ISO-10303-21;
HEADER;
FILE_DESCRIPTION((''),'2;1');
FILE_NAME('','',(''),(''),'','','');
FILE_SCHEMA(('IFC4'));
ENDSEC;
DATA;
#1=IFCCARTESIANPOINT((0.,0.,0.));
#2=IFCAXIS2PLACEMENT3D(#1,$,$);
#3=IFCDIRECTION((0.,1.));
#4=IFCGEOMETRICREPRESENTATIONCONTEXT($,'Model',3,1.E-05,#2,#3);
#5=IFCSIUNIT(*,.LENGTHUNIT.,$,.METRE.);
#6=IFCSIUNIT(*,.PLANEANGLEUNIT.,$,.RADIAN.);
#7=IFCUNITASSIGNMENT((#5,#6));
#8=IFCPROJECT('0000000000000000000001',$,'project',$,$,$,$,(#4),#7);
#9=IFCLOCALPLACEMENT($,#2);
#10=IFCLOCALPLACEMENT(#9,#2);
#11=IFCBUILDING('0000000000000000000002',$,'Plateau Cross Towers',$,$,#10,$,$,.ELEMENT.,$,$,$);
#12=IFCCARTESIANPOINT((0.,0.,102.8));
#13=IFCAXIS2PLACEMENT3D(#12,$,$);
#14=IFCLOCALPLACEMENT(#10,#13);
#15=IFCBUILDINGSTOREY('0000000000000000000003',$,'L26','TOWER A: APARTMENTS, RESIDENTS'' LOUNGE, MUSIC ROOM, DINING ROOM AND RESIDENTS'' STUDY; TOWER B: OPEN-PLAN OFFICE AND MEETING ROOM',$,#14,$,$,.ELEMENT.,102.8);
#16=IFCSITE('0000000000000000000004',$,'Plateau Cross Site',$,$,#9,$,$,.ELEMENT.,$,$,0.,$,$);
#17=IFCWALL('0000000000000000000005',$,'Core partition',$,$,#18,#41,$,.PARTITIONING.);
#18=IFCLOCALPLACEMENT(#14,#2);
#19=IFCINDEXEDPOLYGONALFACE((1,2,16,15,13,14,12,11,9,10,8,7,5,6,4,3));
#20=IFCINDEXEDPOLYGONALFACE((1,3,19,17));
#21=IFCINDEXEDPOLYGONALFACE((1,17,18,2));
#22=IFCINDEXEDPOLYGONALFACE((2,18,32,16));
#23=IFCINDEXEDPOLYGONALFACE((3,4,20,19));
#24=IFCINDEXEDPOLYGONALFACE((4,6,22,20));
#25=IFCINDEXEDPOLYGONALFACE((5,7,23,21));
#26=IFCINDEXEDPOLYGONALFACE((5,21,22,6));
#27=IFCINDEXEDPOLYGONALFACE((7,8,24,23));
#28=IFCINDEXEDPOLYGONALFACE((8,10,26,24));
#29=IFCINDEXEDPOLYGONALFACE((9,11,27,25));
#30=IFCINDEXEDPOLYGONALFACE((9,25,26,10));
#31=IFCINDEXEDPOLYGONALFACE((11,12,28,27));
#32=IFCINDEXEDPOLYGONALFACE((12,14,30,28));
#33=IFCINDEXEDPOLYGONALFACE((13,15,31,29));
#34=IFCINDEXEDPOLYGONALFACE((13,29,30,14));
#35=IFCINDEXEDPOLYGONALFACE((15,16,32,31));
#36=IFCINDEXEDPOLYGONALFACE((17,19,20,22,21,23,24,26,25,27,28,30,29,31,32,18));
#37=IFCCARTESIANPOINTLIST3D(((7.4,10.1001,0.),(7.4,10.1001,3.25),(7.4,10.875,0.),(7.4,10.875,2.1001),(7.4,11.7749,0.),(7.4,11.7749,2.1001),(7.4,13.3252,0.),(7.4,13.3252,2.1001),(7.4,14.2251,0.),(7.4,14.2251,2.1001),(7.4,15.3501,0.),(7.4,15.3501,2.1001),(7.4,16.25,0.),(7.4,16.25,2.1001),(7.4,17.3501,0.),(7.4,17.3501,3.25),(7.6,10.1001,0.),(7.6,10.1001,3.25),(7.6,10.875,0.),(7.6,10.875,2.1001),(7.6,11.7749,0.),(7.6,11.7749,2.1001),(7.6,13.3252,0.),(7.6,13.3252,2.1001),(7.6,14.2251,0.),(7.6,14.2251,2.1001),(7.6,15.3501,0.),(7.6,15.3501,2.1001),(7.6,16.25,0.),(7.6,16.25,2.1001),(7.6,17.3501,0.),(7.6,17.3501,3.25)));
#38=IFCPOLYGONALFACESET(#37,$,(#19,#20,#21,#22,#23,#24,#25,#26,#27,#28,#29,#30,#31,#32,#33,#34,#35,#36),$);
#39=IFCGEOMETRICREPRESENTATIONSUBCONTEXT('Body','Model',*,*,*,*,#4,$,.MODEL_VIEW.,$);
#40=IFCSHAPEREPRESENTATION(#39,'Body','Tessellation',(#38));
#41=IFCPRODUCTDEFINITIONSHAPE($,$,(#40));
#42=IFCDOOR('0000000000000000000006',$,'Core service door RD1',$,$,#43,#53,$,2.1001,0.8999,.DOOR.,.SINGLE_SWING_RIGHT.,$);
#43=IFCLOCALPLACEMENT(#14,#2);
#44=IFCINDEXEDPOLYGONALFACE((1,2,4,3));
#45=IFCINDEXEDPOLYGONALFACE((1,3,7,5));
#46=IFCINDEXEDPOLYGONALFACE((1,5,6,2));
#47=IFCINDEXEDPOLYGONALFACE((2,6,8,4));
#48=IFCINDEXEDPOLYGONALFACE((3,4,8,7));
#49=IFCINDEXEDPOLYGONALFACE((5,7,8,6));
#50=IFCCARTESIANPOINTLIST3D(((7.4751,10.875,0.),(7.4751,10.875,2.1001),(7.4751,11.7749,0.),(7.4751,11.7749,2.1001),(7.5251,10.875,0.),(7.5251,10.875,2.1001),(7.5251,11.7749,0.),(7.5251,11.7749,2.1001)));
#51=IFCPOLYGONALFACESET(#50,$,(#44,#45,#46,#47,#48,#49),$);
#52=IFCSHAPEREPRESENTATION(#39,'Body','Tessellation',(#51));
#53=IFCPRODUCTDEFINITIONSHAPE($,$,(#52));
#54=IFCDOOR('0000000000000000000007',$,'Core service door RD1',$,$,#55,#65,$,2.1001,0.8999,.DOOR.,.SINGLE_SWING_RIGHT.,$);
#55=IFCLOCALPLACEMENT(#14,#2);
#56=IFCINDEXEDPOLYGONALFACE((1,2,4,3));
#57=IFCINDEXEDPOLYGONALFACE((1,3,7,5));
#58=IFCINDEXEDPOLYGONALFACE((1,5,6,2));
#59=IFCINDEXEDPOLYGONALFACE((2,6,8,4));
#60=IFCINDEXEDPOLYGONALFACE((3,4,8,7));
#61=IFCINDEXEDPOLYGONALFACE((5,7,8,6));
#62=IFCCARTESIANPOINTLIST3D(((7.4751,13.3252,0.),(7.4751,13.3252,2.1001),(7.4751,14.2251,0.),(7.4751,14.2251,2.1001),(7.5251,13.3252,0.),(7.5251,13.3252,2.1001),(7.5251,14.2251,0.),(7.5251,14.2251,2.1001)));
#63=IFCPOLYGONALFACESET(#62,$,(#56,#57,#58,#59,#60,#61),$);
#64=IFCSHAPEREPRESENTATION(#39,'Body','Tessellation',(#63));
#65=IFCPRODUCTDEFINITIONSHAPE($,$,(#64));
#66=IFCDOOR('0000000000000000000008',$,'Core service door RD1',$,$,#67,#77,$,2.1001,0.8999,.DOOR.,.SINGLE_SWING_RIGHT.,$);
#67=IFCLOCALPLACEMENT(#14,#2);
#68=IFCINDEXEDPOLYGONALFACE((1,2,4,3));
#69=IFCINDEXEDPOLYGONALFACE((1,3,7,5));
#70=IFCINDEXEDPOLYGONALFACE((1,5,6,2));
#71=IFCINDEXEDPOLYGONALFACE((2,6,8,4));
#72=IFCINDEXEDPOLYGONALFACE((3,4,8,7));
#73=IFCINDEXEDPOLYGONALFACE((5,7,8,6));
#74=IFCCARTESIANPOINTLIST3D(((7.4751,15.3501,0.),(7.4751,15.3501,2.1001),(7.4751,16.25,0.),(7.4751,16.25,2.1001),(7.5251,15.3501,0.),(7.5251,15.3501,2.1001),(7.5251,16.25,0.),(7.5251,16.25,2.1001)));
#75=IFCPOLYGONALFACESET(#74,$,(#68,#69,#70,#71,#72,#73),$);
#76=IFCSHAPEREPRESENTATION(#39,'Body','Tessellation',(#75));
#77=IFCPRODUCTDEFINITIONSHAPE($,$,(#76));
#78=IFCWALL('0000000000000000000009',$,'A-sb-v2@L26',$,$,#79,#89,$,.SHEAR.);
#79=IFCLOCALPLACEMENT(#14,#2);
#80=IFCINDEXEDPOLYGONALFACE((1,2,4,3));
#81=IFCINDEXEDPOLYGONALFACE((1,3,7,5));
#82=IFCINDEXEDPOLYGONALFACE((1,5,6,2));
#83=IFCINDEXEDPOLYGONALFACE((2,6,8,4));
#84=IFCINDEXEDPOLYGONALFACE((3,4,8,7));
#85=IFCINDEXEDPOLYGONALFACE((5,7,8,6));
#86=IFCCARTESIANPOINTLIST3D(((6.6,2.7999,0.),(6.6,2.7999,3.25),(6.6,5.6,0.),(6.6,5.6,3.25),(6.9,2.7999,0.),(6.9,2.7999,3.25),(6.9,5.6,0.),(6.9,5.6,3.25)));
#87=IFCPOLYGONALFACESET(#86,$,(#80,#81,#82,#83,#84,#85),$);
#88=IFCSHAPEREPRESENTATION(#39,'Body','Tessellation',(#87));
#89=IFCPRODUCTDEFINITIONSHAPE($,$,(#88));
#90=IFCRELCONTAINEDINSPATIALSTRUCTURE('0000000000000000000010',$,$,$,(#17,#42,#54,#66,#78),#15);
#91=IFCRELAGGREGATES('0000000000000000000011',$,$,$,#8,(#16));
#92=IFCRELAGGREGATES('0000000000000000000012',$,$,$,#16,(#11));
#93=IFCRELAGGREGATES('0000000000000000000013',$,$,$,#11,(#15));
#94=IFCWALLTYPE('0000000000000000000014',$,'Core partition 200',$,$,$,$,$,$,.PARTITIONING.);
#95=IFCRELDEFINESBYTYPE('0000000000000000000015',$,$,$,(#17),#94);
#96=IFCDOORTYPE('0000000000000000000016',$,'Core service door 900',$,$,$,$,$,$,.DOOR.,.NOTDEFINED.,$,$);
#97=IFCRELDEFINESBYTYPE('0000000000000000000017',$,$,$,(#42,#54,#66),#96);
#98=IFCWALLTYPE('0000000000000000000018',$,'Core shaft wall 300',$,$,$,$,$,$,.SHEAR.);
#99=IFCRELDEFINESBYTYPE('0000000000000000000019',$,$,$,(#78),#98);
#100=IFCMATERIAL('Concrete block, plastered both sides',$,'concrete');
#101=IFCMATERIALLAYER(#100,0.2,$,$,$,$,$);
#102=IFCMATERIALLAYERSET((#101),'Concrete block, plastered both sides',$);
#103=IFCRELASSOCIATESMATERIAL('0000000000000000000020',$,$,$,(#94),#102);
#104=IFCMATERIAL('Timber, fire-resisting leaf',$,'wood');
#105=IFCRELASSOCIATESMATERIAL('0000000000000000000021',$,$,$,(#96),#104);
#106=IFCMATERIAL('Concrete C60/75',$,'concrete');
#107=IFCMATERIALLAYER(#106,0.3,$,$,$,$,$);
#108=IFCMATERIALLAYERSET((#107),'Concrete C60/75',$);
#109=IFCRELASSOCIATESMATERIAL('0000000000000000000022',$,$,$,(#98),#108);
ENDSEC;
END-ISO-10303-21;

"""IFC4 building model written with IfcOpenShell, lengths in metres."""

from ifc_helpers import new_model, si_unit, direction, frame, frame_2d, origin, place, context, subcontext, project, spatial, rectangle, extrude, material, layer, layer_set, type_object, element, fill, save


model = new_model("IFC4")

# Units and contexts
model_context = context("Model", 3, precision=1e-05, world=origin(), true_north=direction((0.0, 1.0)))
body_context = subcontext(model_context, "Body", "Model", "MODEL_VIEW")
ifc_project = project(units=[si_unit("LENGTHUNIT", "METRE"), si_unit("PLANEANGLEUNIT", "RADIAN")], contexts=[model_context])

# Site, building, storey
site_placement = place(None, origin())
site = spatial("IfcSite", under=ifc_project, at=site_placement, Name="Plateau Cross Site", CompositionType="ELEMENT", RefElevation=0.0)
building_placement = place(site_placement, origin())
building = spatial("IfcBuilding", under=site, at=building_placement, Name="Plateau Cross Towers", CompositionType="ELEMENT")
storey_placement = place(building_placement, frame((0.0, 0.0, 102.8)))
storey = spatial("IfcBuildingStorey", under=building, at=storey_placement, Name="L26", Description="TOWER A: APARTMENTS, RESIDENTS' LOUNGE, MUSIC ROOM, DINING ROOM AND RESIDENTS' STUDY; TOWER B: OPEN-PLAN OFFICE AND MEETING ROOM", CompositionType="ELEMENT", Elevation=102.8)

# Shared definitions
ifc_material_1 = material(Name="Concrete block, plastered both sides", Category="concrete")
ifc_layer_1 = layer(ifc_material_1, 0.2)
ifc_layer_set_1 = layer_set([ifc_layer_1], Name="Concrete block, plastered both sides")
wall_type_1 = type_object("IfcWallType", Name="Core partition 200", PredefinedType="PARTITIONING", material=ifc_layer_set_1)

# Wall, openings, doors
wall_1_placement = place(storey_placement, frame((7.5, 10.1001, 0.0), z_axis=(0.0, 0.0, 1.0), x_axis=(0.0, 1.0, 0.0)))
wall_1 = element("IfcWall", 1, at=wall_1_placement, inside=storey, type_object=wall_type_1, Name="Core partition", PredefinedType="PARTITIONING", context=body_context, shape_type="SweptSolid", body=[
    extrude(rectangle(XDim=7.25, YDim=0.2, at=frame_2d((3.625, 0.0))), origin(), (0.0, 0.0, 1.0), 3.25),
])
opening_1_placement = place(wall_1_placement, frame((0.7749, 0.0, 0.0)))
opening_1 = element("IfcOpeningElement", 2, at=opening_1_placement, cuts=wall_1, PredefinedType="OPENING", context=body_context, shape_type="SweptSolid", body=[
    extrude(rectangle(XDim=0.8999, YDim=2.1001, at=frame_2d((0.45, 1.05))), frame((0.0, 0.1099, 0.0), z_axis=(0.0, -1.0, 0.0), x_axis=(1.0, 0.0, 0.0)), (0.0, 0.0, 1.0), 0.22),
])
opening_2_placement = place(wall_1_placement, frame((3.2251, 0.0, 0.0)))
opening_2 = element("IfcOpeningElement", 3, at=opening_2_placement, cuts=wall_1, PredefinedType="OPENING", context=body_context, shape_type="SweptSolid", body=[
    extrude(rectangle(XDim=0.8999, YDim=2.1001, at=frame_2d((0.45, 1.05))), frame((0.0, 0.1099, 0.0), z_axis=(0.0, -1.0, 0.0), x_axis=(1.0, 0.0, 0.0)), (0.0, 0.0, 1.0), 0.22),
])
opening_3_placement = place(wall_1_placement, frame((5.25, 0.0, 0.0)))
opening_3 = element("IfcOpeningElement", 4, at=opening_3_placement, cuts=wall_1, PredefinedType="OPENING", context=body_context, shape_type="SweptSolid", body=[
    extrude(rectangle(XDim=0.8999, YDim=2.1001, at=frame_2d((0.45, 1.05))), frame((0.0, 0.1099, 0.0), z_axis=(0.0, -1.0, 0.0), x_axis=(1.0, 0.0, 0.0)), (0.0, 0.0, 1.0), 0.22),
])
ifc_material_2 = material(Name="Timber, fire-resisting leaf", Category="wood")
door_type_1 = type_object("IfcDoorType", Name="Core service door 900", OperationType="NOTDEFINED", PredefinedType="DOOR", material=ifc_material_2)
door_1_placement = place(opening_1_placement, origin())
door_1 = element("IfcDoor", 5, at=door_1_placement, inside=storey, type_object=door_type_1, Name="Core service door RD1", OperationType="SINGLE_SWING_RIGHT", OverallHeight=2.1001, OverallWidth=0.8999, PredefinedType="DOOR", context=body_context, shape_type="SweptSolid", body=[
    extrude(rectangle(XDim=0.8999, YDim=2.1001, at=frame_2d((0.45, 1.05))), frame((0.0, 0.0249, 0.0), z_axis=(0.0, -1.0, 0.0), x_axis=(1.0, 0.0, 0.0)), (0.0, 0.0, 1.0), 0.05),
])
fill(opening_1, door_1)
door_2_placement = place(opening_2_placement, origin())
door_2 = element("IfcDoor", 6, at=door_2_placement, inside=storey, type_object=door_type_1, Name="Core service door RD1", OperationType="SINGLE_SWING_RIGHT", OverallHeight=2.1001, OverallWidth=0.8999, PredefinedType="DOOR", context=body_context, shape_type="SweptSolid", body=[
    extrude(rectangle(XDim=0.8999, YDim=2.1001, at=frame_2d((0.45, 1.05))), frame((0.0, 0.0249, 0.0), z_axis=(0.0, -1.0, 0.0), x_axis=(1.0, 0.0, 0.0)), (0.0, 0.0, 1.0), 0.05),
])
fill(opening_2, door_2)
door_3_placement = place(opening_3_placement, origin())
door_3 = element("IfcDoor", 7, at=door_3_placement, inside=storey, type_object=door_type_1, Name="Core service door RD1", OperationType="SINGLE_SWING_RIGHT", OverallHeight=2.1001, OverallWidth=0.8999, PredefinedType="DOOR", context=body_context, shape_type="SweptSolid", body=[
    extrude(rectangle(XDim=0.8999, YDim=2.1001, at=frame_2d((0.45, 1.05))), frame((0.0, 0.0249, 0.0), z_axis=(0.0, -1.0, 0.0), x_axis=(1.0, 0.0, 0.0)), (0.0, 0.0, 1.0), 0.05),
])
fill(opening_3, door_3)

# Wall
ifc_material_3 = material(Name="Concrete C60/75", Category="concrete")
ifc_layer_2 = layer(ifc_material_3, 0.3)
ifc_layer_set_2 = layer_set([ifc_layer_2], Name="Concrete C60/75")
wall_type_2 = type_object("IfcWallType", Name="Core shaft wall 300", PredefinedType="SHEAR", material=ifc_layer_set_2)
wall_2_placement = place(storey_placement, frame((6.75, 2.8, 0.0), z_axis=(0.0, 0.0, 1.0), x_axis=(0.0, 1.0, 0.0)))
element("IfcWall", 8, at=wall_2_placement, inside=storey, type_object=wall_type_2, Name="A-sb-v2@L26", PredefinedType="SHEAR", context=body_context, shape_type="SweptSolid", body=[
    extrude(rectangle(XDim=2.8, YDim=0.3, at=frame_2d((1.3999, 0.0))), origin(), (0.0, 0.0, 1.0), 3.25),
])

save(model, "model.ifc")
